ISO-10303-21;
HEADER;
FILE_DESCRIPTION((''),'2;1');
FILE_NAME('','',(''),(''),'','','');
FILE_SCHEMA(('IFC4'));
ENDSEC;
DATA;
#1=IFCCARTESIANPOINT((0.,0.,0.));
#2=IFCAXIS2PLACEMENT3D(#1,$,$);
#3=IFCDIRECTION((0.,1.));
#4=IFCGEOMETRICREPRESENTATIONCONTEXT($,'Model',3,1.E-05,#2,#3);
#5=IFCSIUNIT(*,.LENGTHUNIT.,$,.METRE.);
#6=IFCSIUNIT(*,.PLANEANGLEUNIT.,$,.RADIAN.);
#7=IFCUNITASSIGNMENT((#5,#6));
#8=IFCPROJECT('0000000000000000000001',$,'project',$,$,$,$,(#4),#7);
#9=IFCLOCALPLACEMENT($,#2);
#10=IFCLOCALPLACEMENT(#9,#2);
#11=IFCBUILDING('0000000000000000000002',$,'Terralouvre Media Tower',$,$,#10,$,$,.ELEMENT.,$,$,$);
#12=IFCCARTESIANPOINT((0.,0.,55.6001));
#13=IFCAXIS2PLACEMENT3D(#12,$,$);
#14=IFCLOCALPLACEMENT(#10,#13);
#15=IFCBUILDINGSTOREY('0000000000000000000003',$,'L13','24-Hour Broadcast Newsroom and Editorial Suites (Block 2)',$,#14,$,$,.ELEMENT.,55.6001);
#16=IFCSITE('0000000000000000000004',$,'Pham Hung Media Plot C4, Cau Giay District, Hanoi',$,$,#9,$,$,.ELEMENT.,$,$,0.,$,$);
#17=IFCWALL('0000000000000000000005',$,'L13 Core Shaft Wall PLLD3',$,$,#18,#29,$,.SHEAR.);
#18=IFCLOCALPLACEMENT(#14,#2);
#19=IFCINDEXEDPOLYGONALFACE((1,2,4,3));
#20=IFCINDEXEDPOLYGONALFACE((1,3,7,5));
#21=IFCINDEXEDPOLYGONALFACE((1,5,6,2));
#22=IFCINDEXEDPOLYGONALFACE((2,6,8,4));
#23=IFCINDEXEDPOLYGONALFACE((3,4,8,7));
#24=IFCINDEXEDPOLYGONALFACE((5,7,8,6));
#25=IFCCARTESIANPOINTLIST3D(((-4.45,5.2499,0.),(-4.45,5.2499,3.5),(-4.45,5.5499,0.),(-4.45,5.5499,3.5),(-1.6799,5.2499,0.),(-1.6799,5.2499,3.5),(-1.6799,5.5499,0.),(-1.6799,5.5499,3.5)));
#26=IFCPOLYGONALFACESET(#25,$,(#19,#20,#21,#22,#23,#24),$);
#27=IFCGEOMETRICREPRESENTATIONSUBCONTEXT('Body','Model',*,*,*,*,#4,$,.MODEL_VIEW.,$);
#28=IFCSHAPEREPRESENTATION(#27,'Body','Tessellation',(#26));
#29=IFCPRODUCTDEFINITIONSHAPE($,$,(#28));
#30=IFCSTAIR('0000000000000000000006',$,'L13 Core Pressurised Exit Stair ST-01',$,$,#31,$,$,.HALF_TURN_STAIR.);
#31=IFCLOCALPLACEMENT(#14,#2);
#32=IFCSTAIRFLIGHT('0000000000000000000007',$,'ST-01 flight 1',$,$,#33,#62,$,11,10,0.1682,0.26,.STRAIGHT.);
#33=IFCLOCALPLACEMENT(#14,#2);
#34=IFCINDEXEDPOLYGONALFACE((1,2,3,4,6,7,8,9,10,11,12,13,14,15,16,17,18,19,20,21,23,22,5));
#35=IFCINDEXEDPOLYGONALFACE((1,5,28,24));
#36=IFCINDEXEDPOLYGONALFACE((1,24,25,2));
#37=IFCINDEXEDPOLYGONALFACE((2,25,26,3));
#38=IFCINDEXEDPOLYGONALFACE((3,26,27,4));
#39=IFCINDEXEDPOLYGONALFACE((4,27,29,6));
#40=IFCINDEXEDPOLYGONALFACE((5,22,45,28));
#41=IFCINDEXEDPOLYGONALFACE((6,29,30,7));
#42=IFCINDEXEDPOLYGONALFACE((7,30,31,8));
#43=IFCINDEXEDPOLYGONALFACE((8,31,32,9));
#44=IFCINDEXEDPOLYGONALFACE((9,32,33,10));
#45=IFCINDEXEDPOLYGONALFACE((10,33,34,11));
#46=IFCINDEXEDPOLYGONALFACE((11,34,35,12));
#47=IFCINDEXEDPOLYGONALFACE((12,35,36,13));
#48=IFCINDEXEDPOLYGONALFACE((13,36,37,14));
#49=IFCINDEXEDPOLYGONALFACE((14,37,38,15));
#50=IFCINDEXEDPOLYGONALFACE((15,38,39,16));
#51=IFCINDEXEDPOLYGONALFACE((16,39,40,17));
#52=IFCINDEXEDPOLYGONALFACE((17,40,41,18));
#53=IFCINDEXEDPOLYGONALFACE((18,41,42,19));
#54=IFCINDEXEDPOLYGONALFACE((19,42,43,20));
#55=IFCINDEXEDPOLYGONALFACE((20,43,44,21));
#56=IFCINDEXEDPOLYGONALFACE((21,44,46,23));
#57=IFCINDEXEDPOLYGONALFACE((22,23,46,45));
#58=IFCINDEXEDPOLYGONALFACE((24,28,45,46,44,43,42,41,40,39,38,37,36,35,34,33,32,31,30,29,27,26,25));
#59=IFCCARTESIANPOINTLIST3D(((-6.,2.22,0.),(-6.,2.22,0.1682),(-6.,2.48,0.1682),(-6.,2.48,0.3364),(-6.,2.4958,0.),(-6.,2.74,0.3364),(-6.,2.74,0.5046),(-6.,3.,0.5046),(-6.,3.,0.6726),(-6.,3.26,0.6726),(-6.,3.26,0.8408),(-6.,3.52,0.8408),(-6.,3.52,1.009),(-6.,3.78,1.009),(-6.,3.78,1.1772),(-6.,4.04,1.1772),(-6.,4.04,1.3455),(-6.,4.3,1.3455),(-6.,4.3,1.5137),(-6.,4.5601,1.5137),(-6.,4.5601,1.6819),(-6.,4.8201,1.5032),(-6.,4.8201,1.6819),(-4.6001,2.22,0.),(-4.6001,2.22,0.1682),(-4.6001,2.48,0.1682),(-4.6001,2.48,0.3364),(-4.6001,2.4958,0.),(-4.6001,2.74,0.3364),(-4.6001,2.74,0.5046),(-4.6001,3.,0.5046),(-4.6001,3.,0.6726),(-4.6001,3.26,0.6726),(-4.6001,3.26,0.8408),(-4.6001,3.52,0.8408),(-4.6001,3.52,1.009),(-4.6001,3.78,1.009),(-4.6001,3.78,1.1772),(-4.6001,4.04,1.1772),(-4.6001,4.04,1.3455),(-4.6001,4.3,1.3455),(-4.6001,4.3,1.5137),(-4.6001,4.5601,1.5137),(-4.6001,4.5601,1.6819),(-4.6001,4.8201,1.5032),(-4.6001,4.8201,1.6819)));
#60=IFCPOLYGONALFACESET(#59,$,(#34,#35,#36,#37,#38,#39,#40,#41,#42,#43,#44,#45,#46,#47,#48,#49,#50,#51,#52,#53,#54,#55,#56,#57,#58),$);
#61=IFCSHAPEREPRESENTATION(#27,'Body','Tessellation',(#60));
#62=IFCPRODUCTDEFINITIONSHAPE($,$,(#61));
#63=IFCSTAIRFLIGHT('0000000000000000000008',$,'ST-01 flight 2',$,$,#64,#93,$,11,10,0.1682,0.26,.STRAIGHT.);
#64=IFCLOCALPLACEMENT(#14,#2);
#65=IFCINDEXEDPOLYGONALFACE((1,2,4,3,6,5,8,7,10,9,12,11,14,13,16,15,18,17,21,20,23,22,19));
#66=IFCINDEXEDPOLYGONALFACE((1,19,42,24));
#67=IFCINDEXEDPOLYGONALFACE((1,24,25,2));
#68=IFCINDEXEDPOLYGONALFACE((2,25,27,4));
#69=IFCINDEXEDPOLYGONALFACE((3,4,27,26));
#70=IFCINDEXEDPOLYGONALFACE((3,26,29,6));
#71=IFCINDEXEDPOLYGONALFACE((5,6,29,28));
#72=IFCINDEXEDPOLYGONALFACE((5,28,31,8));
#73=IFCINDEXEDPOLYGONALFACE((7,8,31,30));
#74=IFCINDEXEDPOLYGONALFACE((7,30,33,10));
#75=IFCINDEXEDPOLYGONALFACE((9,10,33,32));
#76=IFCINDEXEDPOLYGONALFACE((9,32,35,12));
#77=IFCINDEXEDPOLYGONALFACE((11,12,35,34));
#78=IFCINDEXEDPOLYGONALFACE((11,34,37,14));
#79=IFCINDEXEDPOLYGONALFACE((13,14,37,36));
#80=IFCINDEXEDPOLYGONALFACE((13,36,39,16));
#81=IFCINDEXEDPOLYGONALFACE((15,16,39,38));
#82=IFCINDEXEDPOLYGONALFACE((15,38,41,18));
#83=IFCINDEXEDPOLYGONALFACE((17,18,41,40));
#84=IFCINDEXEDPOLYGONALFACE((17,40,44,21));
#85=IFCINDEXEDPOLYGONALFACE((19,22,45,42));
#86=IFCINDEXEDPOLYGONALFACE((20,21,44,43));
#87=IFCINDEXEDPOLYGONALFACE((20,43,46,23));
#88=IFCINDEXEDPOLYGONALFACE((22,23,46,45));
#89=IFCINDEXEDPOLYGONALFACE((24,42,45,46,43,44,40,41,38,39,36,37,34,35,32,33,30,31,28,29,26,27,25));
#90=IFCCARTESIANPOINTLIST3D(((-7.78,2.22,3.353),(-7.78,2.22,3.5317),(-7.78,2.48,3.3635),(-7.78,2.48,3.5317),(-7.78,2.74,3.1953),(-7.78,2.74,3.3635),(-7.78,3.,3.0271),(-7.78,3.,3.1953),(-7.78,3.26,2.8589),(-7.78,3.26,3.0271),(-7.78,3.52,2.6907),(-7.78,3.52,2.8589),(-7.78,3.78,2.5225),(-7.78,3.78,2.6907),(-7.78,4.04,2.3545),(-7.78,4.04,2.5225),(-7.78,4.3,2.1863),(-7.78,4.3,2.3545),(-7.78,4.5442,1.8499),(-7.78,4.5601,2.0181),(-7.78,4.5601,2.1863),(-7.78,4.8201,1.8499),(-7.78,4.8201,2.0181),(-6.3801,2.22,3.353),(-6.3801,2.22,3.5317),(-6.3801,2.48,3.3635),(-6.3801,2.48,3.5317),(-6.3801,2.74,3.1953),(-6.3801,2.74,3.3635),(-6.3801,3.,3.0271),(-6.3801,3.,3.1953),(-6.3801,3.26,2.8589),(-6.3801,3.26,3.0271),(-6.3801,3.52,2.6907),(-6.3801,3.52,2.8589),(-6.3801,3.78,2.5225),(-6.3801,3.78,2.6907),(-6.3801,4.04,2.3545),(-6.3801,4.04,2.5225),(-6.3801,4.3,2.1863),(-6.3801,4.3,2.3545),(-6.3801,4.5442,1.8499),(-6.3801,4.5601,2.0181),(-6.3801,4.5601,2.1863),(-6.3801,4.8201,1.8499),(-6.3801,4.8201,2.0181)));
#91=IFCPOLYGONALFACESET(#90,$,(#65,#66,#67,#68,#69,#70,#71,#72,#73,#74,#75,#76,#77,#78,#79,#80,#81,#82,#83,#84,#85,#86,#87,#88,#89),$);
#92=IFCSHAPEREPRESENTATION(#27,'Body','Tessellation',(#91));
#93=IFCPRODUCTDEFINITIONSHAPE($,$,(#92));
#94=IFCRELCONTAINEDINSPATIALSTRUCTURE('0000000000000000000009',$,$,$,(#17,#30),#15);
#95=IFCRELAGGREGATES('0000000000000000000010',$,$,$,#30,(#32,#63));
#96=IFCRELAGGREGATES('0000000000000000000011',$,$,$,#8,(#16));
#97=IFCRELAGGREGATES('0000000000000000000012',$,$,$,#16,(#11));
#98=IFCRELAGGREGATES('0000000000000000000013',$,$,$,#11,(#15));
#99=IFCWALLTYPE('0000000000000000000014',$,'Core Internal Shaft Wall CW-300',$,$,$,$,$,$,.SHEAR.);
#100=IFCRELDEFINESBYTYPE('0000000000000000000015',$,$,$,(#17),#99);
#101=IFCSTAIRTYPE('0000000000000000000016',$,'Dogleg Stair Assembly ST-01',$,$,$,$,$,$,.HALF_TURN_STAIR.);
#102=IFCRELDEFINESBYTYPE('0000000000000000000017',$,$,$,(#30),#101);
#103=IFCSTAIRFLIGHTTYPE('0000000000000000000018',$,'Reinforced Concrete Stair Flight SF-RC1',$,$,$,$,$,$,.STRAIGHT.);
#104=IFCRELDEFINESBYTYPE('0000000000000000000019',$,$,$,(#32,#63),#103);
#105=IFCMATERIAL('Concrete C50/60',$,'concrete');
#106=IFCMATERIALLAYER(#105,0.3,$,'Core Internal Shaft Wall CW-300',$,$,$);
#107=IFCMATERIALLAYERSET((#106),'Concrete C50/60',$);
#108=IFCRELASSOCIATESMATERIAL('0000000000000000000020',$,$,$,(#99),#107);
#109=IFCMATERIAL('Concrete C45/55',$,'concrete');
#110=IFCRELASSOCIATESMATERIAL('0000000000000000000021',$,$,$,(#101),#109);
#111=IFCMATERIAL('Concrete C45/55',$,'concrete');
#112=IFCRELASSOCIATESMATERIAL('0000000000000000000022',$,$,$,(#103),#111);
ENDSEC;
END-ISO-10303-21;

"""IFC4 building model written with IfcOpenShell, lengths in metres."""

from ifc_helpers import new_model, si_unit, direction, frame, frame_2d, origin, place, context, subcontext, project, spatial, polyline, rectangle, outline, extrude, material, layer, layer_set, type_object, element, aggregate, save


model = new_model("IFC4")

# Units and contexts
model_context = context("Model", 3, precision=1e-05, world=origin(), true_north=direction((0.0, 1.0)))
body_context = subcontext(model_context, "Body", "Model", "MODEL_VIEW")
ifc_project = project(units=[si_unit("LENGTHUNIT", "METRE"), si_unit("PLANEANGLEUNIT", "RADIAN")], contexts=[model_context])

# Site, building, storey
site_placement = place(None, origin())
site = spatial("IfcSite", under=ifc_project, at=site_placement, Name="Pham Hung Media Plot C4, Cau Giay District, Hanoi", CompositionType="ELEMENT", RefElevation=0.0)
building_placement = place(site_placement, origin())
building = spatial("IfcBuilding", under=site, at=building_placement, Name="Terralouvre Media Tower", CompositionType="ELEMENT")
storey_placement = place(building_placement, frame((0.0, 0.0, 55.6001)))
storey = spatial("IfcBuildingStorey", under=building, at=storey_placement, Name="L13", Description="24-Hour Broadcast Newsroom and Editorial Suites (Block 2)", CompositionType="ELEMENT", Elevation=55.6001)

# Shared definitions
ifc_material_1 = material(Name="Concrete C50/60", Category="concrete")
ifc_layer_1 = layer(ifc_material_1, 0.3, Name="Core Internal Shaft Wall CW-300")
ifc_layer_set_1 = layer_set([ifc_layer_1], Name="Concrete C50/60")
wall_type_1 = type_object("IfcWallType", Name="Core Internal Shaft Wall CW-300", PredefinedType="SHEAR", material=ifc_layer_set_1)

# Wall
for number, where, z_axis, x_axis, name in (
    (1, (-4.45, 5.3999, 0.0), (0.0, 0.0, 1.0), (1.0, 0.0, 0.0), "L13 Core Shaft Wall PLLD3"),
):
    element("IfcWall", number, at=place(storey_placement, frame(where, z_axis=z_axis, x_axis=x_axis)), inside=storey, type_object=wall_type_1, Name=name, PredefinedType="SHEAR", context=body_context, shape_type="SweptSolid", body=[
        extrude(rectangle(XDim=2.77, YDim=0.3, at=frame_2d((1.385, 0.0))), origin(), (0.0, 0.0, 1.0), 3.5),
    ])

# Stair, stair flights
ifc_material_2 = material(Name="Concrete C45/55", Category="concrete")
stair_type = type_object("IfcStairType", Name="Dogleg Stair Assembly ST-01", PredefinedType="HALF_TURN_STAIR", material=ifc_material_2)
stair_placement = place(storey_placement, origin())
stair = element("IfcStair", 2, at=stair_placement, inside=storey, type_object=stair_type, Name="L13 Core Pressurised Exit Stair ST-01", PredefinedType="HALF_TURN_STAIR")
ifc_material_3 = material(Name="Concrete C45/55", Category="concrete")
stair_flight_type = type_object("IfcStairFlightType", Name="Reinforced Concrete Stair Flight SF-RC1", PredefinedType="STRAIGHT", material=ifc_material_3)
stair_flight_1_placement = place(storey_placement, frame((-5.3, 2.22, 0.0), z_axis=(0.0, 0.0, 1.0), x_axis=(0.0, 1.0, 0.0)))
stair_flight_1 = element("IfcStairFlight", 3, at=stair_flight_1_placement, type_object=stair_flight_type, Name="ST-01 flight 1", NumberOfRisers=11, NumberOfTreads=10, PredefinedType="STRAIGHT", RiserHeight=0.1682, TreadLength=0.26, context=body_context, shape_type="SweptSolid", body=[
    extrude(outline(polyline([(0.0, 0.0), (0.0, 0.1682), (0.26, 0.1682), (0.26, 0.3364), (0.52, 0.3364), (0.52, 0.5046), (0.78, 0.5046), (0.78, 0.6726), (1.04, 0.6726), (1.04, 0.8408), (1.3, 0.8408), (1.3, 1.009), (1.5601, 1.009), (1.5601, 1.1772), (1.8201, 1.1772), (1.8201, 1.3455), (2.0801, 1.3455), (2.0801, 1.5137), (2.3401, 1.5137), (2.3401, 1.6819), (2.6001, 1.6819), (2.6001, 1.8501), (2.6001, 1.5032), (0.2759, 0.0), (0.0, 0.0)])), frame((0.0, 0.7, 0.0), z_axis=(0.0, -1.0, 0.0), x_axis=(1.0, 0.0, 0.0)), (0.0, 0.0, 1.0), 1.3999),
])
stair_flight_2_placement = place(storey_placement, frame((-7.0801, 4.8201, 1.8499), z_axis=(0.0, 0.0, 1.0), x_axis=(0.0, -1.0, 0.0)))
stair_flight_2 = element("IfcStairFlight", 4, at=stair_flight_2_placement, type_object=stair_flight_type, Name="ST-01 flight 2", NumberOfRisers=11, NumberOfTreads=10, PredefinedType="STRAIGHT", RiserHeight=0.1682, TreadLength=0.26, context=body_context, shape_type="SweptSolid", body=[
    extrude(outline(polyline([(0.0, 0.0), (0.0, 0.1682), (0.26, 0.1682), (0.26, 0.3364), (0.52, 0.3364), (0.52, 0.5046), (0.78, 0.5046), (0.78, 0.6726), (1.04, 0.6726), (1.04, 0.8408), (1.3, 0.8408), (1.3, 1.009), (1.5601, 1.009), (1.5601, 1.1772), (1.8201, 1.1772), (1.8201, 1.3455), (2.0801, 1.3455), (2.0801, 1.5137), (2.3401, 1.5137), (2.3401, 1.6819), (2.6001, 1.6819), (2.6001, 1.8501), (2.6001, 1.5032), (0.2759, 0.0), (0.0, 0.0)])), frame((0.0, 0.7, 0.0), z_axis=(0.0, -1.0, 0.0), x_axis=(1.0, 0.0, 0.0)), (0.0, 0.0, 1.0), 1.3999),
])
aggregate(stair, [stair_flight_1, stair_flight_2])

save(model, "model.ifc")
